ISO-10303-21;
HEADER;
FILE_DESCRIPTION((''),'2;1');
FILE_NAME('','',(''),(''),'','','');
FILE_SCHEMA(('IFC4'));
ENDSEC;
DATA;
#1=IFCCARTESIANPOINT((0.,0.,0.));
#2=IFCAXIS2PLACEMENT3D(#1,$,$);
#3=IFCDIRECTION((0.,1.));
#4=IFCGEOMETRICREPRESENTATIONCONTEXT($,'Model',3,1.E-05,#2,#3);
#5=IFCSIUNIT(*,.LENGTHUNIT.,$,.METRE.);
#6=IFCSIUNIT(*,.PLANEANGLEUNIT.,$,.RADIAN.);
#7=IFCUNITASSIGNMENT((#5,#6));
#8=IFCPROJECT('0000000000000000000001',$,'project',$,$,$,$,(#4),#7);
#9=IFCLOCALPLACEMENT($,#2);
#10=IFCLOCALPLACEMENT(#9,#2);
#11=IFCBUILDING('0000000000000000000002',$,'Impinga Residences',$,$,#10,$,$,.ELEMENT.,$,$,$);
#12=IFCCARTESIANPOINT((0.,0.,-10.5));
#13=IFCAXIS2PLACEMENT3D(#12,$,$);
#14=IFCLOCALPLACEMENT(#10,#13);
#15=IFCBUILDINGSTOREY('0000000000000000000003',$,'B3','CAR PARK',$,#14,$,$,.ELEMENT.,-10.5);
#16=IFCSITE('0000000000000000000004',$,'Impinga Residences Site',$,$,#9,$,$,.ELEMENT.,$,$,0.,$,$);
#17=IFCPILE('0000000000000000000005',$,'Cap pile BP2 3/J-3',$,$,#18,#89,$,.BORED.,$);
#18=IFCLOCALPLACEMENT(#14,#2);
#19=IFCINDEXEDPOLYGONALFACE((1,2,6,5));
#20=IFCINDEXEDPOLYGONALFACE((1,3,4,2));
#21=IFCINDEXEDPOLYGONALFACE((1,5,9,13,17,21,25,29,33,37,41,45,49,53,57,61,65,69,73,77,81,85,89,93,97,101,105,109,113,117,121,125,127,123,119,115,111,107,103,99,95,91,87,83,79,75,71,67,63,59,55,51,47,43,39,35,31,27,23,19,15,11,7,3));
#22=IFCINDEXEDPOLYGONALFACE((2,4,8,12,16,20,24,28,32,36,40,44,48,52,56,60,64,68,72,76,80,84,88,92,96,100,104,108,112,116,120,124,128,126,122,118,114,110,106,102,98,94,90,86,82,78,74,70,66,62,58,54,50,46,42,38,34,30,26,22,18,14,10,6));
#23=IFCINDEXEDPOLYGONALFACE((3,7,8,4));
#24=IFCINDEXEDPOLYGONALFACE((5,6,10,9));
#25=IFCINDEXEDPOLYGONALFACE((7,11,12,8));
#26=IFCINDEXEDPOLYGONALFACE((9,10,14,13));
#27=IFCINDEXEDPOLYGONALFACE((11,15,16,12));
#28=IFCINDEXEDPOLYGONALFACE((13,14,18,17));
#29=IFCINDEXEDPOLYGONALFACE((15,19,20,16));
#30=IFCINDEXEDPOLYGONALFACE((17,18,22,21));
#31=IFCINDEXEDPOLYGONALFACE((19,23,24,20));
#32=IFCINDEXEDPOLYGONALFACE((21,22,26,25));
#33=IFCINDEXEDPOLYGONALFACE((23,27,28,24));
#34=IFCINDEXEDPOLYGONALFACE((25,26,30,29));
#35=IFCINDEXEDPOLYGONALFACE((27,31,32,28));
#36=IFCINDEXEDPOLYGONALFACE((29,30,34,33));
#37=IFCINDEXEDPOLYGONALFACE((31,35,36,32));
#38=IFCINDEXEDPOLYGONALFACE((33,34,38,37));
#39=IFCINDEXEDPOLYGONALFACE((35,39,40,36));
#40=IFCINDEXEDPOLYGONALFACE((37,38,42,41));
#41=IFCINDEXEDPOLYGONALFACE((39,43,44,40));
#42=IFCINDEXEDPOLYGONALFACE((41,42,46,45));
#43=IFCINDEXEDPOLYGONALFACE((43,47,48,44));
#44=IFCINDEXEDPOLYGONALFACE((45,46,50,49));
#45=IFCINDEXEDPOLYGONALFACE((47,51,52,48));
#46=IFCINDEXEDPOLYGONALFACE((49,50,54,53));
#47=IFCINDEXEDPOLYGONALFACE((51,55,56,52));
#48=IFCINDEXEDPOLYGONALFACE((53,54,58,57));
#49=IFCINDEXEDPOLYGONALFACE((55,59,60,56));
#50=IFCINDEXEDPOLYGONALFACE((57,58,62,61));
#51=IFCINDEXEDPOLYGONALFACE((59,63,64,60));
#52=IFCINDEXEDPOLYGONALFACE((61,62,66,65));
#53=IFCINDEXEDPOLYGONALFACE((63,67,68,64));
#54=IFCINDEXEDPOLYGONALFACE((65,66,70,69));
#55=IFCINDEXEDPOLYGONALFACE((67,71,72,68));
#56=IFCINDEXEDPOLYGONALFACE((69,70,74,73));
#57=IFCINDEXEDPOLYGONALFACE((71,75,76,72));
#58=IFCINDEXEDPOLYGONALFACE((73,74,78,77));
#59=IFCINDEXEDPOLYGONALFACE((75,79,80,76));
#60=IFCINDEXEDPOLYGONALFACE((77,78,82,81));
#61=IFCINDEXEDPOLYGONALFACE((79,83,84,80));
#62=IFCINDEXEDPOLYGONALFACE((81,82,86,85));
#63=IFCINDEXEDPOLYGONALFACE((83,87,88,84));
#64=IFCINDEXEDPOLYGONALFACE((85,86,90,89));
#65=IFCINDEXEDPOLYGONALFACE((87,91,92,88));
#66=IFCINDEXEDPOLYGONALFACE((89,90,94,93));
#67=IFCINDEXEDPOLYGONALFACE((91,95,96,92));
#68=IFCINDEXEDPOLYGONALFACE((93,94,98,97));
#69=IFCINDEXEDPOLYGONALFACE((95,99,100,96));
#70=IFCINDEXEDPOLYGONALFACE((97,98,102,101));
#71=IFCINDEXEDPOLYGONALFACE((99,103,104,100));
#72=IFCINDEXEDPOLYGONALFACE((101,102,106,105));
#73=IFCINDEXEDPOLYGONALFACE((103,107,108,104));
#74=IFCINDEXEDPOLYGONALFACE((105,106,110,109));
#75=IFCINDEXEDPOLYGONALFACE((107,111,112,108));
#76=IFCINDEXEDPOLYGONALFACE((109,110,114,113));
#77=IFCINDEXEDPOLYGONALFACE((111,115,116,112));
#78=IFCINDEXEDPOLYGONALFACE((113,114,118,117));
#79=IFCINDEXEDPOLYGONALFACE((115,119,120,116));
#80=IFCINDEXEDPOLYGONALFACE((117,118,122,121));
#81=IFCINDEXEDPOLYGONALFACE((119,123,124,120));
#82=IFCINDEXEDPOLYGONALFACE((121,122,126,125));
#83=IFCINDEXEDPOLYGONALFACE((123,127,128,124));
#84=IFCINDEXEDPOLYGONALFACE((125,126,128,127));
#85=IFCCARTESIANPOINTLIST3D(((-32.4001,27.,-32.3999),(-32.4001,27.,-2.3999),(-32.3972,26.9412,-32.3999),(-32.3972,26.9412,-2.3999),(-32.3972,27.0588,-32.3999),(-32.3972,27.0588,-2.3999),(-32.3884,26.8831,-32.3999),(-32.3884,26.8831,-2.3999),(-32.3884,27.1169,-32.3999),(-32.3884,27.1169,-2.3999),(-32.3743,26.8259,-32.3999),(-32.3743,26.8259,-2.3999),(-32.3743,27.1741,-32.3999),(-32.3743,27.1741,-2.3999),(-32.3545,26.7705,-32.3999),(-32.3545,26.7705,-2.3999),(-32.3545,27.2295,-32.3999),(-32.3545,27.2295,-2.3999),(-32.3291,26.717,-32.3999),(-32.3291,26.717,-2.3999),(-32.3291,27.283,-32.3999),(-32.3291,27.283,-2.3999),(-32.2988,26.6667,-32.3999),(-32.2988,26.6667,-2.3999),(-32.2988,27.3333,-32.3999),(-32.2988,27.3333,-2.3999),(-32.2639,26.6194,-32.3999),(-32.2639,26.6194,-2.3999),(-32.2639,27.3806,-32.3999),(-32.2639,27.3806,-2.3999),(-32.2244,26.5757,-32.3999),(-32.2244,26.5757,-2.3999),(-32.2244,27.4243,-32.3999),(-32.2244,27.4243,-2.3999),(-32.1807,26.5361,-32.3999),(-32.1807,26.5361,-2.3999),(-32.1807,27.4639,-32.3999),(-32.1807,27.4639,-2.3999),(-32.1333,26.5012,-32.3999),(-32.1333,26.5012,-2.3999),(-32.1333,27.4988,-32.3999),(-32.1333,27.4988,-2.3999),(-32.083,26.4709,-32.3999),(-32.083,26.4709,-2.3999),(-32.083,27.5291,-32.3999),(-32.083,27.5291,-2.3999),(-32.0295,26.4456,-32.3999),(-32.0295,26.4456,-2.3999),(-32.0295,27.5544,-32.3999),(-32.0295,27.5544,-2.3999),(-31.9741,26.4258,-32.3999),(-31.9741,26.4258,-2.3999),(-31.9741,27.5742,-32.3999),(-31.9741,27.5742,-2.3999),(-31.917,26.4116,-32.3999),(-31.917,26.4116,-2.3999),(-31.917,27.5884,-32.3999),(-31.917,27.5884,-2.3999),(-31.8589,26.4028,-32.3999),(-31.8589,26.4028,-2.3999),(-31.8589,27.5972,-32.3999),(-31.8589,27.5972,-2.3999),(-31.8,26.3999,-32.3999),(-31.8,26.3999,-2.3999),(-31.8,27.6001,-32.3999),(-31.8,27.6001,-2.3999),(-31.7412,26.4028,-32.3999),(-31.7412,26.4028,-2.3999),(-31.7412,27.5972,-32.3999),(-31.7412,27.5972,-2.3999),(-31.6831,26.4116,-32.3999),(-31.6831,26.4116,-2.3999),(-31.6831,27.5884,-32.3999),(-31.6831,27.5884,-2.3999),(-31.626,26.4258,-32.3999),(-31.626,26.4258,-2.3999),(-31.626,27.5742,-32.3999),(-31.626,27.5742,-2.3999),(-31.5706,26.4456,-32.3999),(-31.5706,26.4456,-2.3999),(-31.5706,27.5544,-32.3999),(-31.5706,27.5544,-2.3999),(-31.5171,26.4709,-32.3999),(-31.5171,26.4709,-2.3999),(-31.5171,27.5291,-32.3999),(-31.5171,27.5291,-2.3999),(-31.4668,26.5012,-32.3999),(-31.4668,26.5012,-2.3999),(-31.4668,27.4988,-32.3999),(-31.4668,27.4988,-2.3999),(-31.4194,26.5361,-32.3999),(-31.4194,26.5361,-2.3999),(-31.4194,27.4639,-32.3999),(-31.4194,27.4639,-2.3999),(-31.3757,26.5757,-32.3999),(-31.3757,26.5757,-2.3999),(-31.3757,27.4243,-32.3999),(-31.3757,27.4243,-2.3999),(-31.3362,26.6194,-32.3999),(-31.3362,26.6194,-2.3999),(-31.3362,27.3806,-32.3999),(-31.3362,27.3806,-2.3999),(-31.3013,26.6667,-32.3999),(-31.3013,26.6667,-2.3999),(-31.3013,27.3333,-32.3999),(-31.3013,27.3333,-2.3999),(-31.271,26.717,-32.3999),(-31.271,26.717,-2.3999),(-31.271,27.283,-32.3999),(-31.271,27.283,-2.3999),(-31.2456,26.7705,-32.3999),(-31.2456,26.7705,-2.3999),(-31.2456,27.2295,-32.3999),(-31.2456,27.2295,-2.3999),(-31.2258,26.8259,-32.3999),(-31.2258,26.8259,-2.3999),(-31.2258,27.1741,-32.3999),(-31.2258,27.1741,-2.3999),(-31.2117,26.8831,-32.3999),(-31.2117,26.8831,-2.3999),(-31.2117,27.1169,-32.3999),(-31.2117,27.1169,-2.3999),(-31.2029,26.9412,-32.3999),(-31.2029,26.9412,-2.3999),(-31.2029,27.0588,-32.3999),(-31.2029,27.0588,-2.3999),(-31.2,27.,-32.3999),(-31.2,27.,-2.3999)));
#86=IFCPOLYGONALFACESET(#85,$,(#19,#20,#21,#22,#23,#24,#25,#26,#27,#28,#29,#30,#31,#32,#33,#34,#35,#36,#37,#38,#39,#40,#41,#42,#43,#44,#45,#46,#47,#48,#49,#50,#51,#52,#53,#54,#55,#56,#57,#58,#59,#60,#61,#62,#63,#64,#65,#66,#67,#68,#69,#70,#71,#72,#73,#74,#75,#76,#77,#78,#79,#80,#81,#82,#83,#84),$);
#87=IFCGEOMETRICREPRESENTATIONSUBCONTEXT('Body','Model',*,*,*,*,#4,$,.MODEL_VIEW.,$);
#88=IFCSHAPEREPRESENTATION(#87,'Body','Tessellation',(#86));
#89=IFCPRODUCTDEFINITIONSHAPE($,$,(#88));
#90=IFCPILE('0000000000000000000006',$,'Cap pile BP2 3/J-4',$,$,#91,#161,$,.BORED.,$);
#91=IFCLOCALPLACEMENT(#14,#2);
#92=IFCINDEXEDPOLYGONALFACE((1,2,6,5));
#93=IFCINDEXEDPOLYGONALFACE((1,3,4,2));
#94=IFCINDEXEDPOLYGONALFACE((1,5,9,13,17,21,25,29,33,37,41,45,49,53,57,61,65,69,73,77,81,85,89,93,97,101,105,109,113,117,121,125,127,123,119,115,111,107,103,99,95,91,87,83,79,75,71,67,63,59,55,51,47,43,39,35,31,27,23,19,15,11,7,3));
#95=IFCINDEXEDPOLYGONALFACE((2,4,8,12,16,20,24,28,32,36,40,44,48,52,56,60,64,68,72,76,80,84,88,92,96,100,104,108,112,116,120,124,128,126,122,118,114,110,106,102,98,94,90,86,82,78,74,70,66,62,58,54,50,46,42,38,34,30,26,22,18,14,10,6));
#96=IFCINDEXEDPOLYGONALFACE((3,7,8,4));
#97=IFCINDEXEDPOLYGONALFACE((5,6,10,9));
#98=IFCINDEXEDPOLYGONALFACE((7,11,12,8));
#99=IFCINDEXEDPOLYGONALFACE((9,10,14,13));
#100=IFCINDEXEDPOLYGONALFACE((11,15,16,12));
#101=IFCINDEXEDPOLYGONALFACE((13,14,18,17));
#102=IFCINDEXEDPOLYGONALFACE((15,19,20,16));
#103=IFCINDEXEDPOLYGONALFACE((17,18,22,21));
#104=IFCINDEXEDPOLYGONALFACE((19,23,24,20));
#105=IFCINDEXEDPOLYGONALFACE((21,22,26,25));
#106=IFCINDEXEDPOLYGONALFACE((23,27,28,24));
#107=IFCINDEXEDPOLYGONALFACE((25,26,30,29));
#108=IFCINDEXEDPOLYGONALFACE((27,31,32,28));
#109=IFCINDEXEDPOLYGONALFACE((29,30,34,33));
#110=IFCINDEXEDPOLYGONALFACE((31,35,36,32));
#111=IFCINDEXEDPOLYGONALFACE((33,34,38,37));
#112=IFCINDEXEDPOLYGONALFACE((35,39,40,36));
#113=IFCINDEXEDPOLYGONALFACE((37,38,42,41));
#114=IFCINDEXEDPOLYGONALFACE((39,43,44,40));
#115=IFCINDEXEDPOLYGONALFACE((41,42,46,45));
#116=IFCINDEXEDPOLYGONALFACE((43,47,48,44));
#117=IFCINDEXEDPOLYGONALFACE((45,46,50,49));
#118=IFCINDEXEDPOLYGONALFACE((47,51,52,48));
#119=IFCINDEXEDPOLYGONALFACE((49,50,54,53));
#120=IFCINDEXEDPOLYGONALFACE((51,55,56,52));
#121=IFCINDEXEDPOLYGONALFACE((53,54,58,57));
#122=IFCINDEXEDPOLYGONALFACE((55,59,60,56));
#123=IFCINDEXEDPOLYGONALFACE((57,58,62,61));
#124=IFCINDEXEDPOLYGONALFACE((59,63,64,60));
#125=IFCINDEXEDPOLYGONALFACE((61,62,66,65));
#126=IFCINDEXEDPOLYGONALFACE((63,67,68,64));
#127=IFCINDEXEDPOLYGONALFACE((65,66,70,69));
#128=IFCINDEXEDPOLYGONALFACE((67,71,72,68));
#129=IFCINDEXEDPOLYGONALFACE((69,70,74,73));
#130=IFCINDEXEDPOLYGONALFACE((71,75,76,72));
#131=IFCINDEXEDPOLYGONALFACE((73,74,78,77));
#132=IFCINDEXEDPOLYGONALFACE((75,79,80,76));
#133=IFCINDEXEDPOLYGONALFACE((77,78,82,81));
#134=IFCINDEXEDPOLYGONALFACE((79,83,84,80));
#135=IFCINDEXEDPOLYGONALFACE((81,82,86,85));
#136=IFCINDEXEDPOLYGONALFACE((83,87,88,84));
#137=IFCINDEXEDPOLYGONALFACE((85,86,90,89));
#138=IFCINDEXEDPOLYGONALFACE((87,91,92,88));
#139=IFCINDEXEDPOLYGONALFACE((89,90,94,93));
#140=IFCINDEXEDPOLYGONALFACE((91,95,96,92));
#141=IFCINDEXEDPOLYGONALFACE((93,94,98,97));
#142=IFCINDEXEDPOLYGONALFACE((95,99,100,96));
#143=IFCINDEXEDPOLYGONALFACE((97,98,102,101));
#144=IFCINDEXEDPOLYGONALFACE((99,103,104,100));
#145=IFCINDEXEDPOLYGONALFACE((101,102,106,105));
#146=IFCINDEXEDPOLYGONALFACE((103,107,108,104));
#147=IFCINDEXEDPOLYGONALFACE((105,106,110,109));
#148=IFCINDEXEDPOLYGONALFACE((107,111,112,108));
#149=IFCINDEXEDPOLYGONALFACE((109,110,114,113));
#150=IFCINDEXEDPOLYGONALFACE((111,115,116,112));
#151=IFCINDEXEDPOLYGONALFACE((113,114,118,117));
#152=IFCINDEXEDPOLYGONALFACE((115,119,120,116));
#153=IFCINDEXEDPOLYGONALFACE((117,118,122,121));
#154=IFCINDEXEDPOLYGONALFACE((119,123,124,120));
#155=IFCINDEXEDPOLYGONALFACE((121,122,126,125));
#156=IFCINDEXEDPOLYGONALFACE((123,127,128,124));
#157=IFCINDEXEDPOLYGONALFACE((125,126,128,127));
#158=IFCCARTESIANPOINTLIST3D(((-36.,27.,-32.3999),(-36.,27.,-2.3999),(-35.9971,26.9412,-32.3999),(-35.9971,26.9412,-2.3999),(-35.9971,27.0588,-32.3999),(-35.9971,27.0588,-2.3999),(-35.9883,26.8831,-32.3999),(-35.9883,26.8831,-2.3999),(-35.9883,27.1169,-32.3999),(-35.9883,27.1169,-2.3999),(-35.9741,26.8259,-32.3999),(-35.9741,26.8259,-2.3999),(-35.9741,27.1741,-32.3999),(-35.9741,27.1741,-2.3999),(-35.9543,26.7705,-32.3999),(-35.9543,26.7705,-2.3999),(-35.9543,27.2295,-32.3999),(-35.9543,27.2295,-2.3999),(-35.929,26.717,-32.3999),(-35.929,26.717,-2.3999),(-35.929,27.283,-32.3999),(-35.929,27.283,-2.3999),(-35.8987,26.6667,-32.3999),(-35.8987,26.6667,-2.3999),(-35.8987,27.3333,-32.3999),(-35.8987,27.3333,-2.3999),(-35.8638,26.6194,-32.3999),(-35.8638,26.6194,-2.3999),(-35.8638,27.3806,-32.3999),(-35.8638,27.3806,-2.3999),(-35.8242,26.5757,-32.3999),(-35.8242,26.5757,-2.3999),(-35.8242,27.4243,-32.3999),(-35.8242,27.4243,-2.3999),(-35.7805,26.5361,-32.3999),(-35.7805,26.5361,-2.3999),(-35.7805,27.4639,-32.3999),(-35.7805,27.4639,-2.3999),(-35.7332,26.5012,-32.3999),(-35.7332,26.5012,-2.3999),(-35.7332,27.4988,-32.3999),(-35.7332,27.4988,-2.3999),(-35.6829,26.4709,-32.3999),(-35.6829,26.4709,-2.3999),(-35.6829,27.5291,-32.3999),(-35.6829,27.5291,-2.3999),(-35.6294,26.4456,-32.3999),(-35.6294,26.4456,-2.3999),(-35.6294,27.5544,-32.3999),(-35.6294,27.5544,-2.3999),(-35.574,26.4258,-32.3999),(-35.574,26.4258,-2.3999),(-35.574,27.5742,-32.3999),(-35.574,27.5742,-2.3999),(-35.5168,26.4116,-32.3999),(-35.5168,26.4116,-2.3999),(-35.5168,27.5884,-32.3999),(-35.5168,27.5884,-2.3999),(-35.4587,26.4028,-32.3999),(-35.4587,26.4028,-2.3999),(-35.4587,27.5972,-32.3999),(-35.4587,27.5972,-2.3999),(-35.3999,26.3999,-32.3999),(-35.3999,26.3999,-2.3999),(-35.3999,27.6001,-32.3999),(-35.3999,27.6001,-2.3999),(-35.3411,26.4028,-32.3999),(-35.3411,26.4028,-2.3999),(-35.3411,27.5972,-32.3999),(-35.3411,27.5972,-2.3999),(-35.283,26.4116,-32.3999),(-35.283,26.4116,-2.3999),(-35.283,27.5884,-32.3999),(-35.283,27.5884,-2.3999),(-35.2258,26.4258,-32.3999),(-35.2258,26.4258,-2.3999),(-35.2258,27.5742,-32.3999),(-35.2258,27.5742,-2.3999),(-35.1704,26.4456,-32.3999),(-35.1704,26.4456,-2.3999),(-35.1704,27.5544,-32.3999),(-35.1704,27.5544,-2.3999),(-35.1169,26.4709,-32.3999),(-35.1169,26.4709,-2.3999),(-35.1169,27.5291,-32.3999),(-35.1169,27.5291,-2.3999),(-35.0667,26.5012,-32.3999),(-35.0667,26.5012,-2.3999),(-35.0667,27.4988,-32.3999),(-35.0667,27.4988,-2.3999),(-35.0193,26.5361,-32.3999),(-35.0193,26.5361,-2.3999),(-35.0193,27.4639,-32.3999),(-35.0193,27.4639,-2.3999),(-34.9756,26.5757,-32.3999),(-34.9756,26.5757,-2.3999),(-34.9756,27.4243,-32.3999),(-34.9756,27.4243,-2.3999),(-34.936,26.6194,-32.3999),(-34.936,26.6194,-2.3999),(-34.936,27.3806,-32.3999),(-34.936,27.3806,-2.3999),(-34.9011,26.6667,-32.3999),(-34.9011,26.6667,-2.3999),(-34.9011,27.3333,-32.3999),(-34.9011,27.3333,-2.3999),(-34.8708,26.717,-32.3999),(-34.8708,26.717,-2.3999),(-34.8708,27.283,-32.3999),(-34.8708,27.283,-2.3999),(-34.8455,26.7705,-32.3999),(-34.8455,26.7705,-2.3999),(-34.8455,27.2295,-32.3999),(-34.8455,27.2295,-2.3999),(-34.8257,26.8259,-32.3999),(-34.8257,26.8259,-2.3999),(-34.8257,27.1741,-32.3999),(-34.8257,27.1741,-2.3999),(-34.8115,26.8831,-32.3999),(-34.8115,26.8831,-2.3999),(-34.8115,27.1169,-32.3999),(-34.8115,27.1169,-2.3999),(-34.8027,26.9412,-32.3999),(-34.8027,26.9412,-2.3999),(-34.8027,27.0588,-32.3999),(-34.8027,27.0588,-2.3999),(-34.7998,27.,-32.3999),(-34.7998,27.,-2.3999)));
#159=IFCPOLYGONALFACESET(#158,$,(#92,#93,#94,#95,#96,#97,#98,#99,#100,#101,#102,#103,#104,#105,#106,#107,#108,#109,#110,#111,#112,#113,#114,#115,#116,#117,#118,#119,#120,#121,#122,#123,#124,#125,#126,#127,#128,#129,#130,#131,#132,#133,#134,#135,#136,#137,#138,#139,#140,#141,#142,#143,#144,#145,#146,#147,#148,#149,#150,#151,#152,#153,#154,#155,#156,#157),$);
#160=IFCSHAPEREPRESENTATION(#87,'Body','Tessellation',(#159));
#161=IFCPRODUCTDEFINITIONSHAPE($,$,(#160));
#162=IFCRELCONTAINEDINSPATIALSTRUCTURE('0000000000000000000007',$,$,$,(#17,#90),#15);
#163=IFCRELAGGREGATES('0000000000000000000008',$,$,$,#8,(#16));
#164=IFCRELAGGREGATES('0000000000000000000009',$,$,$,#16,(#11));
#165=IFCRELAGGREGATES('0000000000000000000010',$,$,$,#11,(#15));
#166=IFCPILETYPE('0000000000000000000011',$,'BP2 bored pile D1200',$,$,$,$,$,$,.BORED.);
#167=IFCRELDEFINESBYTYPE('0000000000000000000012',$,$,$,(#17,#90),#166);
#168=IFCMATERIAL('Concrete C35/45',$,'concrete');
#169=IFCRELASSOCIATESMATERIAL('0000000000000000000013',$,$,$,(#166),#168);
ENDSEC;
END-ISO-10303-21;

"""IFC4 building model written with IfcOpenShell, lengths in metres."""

from ifc_helpers import new_model, si_unit, direction, frame, origin, origin_2d, place, context, subcontext, project, spatial, polyline, circle, outline, extrude, material, material_profile, profile_set, type_object, element, save


model = new_model("IFC4")

# Units and contexts
model_context = context("Model", 3, precision=1e-05, world=origin(), true_north=direction((0.0, 1.0)))
body_context = subcontext(model_context, "Body", "Model", "MODEL_VIEW")
ifc_project = project(units=[si_unit("LENGTHUNIT", "METRE"), si_unit("PLANEANGLEUNIT", "RADIAN")], contexts=[model_context])

# Site, building, storey
site_placement = place(None, origin())
site = spatial("IfcSite", under=ifc_project, at=site_placement, Name="Impinga Residences Site", CompositionType="ELEMENT", RefElevation=0.0)
building_placement = place(site_placement, origin())
building = spatial("IfcBuilding", under=site, at=building_placement, Name="Impinga Residences", CompositionType="ELEMENT")
storey_placement = place(building_placement, frame((0.0, 0.0, -10.5)))
storey = spatial("IfcBuildingStorey", under=building, at=storey_placement, Name="B3", Description="CAR PARK", CompositionType="ELEMENT", Elevation=-10.5)

# Piles
ifc_material_1 = material(Name="Concrete C35/45", Category="concrete")
ifc_material_profile_1 = material_profile(ifc_material_1, circle(Radius=0.6001, at=origin_2d()), Name="D1200")
ifc_profile_set_1 = profile_set([ifc_material_profile_1], Name="Concrete C35/45")
pile_type = type_object("IfcPileType", Name="BP2 bored pile D1200", PredefinedType="BORED", material=ifc_profile_set_1)
pile_1_placement = place(storey_placement, frame((-31.8, 27.0, -2.3999), z_axis=(0.0, 0.0, -1.0), x_axis=(1.0, 0.0, 0.0)))
element("IfcPile", 1, at=pile_1_placement, inside=storey, type_object=pile_type, Name="Cap pile BP2 3/J-3", PredefinedType="BORED", context=body_context, shape_type="SweptSolid", body=[
    extrude(outline(polyline([(0.6001, 0.0), (0.5972, 0.0588), (0.5884, 0.1169), (0.5742, 0.1741), (0.5544, 0.2295), (0.5291, 0.283), (0.4988, 0.3333), (0.4639, 0.3806), (0.4243, 0.4243), (0.3806, 0.4639), (0.3333, 0.4988), (0.283, 0.5291), (0.2295, 0.5544), (0.1741, 0.5742), (0.1169, 0.5884), (0.0588, 0.5972), (0.0, 0.6001), (-0.0588, 0.5972), (-0.1169, 0.5884), (-0.1741, 0.5742), (-0.2295, 0.5544), (-0.283, 0.5291), (-0.3333, 0.4988), (-0.3806, 0.4639), (-0.4243, 0.4243), (-0.4639, 0.3806), (-0.4988, 0.3333), (-0.5291, 0.283), (-0.5544, 0.2295), (-0.5742, 0.1741), (-0.5884, 0.1169), (-0.5972, 0.0588), (-0.6001, 0.0), (-0.5972, -0.0588), (-0.5884, -0.1169), (-0.5742, -0.1741), (-0.5544, -0.2295), (-0.5291, -0.283), (-0.4988, -0.3333), (-0.4639, -0.3806), (-0.4243, -0.4243), (-0.3806, -0.4639), (-0.3333, -0.4988), (-0.283, -0.5291), (-0.2295, -0.5544), (-0.1741, -0.5742), (-0.1169, -0.5884), (-0.0588, -0.5972), (0.0, -0.6001), (0.0588, -0.5972), (0.1169, -0.5884), (0.1741, -0.5742), (0.2295, -0.5544), (0.283, -0.5291), (0.3333, -0.4988), (0.3806, -0.4639), (0.4243, -0.4243), (0.4639, -0.3806), (0.4988, -0.3333), (0.5291, -0.283), (0.5544, -0.2295), (0.5742, -0.1741), (0.5884, -0.1169), (0.5972, -0.0588), (0.6001, 0.0)])), origin(), (0.0, 0.0, 1.0), 30.0),
])
pile_2_placement = place(storey_placement, frame((-35.3999, 27.0, -2.3999), z_axis=(0.0, 0.0, -1.0), x_axis=(1.0, 0.0, 0.0)))
element("IfcPile", 2, at=pile_2_placement, inside=storey, type_object=pile_type, Name="Cap pile BP2 3/J-4", PredefinedType="BORED", context=body_context, shape_type="SweptSolid", body=[
    extrude(outline(polyline([(0.6001, 0.0), (0.5972, 0.0588), (0.5884, 0.1169), (0.5742, 0.1741), (0.5544, 0.2295), (0.5291, 0.283), (0.4988, 0.3333), (0.4639, 0.3806), (0.4243, 0.4243), (0.3806, 0.4639), (0.3333, 0.4988), (0.283, 0.5291), (0.2295, 0.5544), (0.1741, 0.5742), (0.1169, 0.5884), (0.0588, 0.5972), (0.0, 0.6001), (-0.0588, 0.5972), (-0.1169, 0.5884), (-0.1741, 0.5742), (-0.2295, 0.5544), (-0.283, 0.5291), (-0.3333, 0.4988), (-0.3806, 0.4639), (-0.4243, 0.4243), (-0.4639, 0.3806), (-0.4988, 0.3333), (-0.5291, 0.283), (-0.5544, 0.2295), (-0.5742, 0.1741), (-0.5884, 0.1169), (-0.5972, 0.0588), (-0.6001, 0.0), (-0.5972, -0.0588), (-0.5884, -0.1169), (-0.5742, -0.1741), (-0.5544, -0.2295), (-0.5291, -0.283), (-0.4988, -0.3333), (-0.4639, -0.3806), (-0.4243, -0.4243), (-0.3806, -0.4639), (-0.3333, -0.4988), (-0.283, -0.5291), (-0.2295, -0.5544), (-0.1741, -0.5742), (-0.1169, -0.5884), (-0.0588, -0.5972), (0.0, -0.6001), (0.0588, -0.5972), (0.1169, -0.5884), (0.1741, -0.5742), (0.2295, -0.5544), (0.283, -0.5291), (0.3333, -0.4988), (0.3806, -0.4639), (0.4243, -0.4243), (0.4639, -0.3806), (0.4988, -0.3333), (0.5291, -0.283), (0.5544, -0.2295), (0.5742, -0.1741), (0.5884, -0.1169), (0.5972, -0.0588), (0.6001, 0.0)])), origin(), (0.0, 0.0, 1.0), 30.0),
])

save(model, "model.ifc")
